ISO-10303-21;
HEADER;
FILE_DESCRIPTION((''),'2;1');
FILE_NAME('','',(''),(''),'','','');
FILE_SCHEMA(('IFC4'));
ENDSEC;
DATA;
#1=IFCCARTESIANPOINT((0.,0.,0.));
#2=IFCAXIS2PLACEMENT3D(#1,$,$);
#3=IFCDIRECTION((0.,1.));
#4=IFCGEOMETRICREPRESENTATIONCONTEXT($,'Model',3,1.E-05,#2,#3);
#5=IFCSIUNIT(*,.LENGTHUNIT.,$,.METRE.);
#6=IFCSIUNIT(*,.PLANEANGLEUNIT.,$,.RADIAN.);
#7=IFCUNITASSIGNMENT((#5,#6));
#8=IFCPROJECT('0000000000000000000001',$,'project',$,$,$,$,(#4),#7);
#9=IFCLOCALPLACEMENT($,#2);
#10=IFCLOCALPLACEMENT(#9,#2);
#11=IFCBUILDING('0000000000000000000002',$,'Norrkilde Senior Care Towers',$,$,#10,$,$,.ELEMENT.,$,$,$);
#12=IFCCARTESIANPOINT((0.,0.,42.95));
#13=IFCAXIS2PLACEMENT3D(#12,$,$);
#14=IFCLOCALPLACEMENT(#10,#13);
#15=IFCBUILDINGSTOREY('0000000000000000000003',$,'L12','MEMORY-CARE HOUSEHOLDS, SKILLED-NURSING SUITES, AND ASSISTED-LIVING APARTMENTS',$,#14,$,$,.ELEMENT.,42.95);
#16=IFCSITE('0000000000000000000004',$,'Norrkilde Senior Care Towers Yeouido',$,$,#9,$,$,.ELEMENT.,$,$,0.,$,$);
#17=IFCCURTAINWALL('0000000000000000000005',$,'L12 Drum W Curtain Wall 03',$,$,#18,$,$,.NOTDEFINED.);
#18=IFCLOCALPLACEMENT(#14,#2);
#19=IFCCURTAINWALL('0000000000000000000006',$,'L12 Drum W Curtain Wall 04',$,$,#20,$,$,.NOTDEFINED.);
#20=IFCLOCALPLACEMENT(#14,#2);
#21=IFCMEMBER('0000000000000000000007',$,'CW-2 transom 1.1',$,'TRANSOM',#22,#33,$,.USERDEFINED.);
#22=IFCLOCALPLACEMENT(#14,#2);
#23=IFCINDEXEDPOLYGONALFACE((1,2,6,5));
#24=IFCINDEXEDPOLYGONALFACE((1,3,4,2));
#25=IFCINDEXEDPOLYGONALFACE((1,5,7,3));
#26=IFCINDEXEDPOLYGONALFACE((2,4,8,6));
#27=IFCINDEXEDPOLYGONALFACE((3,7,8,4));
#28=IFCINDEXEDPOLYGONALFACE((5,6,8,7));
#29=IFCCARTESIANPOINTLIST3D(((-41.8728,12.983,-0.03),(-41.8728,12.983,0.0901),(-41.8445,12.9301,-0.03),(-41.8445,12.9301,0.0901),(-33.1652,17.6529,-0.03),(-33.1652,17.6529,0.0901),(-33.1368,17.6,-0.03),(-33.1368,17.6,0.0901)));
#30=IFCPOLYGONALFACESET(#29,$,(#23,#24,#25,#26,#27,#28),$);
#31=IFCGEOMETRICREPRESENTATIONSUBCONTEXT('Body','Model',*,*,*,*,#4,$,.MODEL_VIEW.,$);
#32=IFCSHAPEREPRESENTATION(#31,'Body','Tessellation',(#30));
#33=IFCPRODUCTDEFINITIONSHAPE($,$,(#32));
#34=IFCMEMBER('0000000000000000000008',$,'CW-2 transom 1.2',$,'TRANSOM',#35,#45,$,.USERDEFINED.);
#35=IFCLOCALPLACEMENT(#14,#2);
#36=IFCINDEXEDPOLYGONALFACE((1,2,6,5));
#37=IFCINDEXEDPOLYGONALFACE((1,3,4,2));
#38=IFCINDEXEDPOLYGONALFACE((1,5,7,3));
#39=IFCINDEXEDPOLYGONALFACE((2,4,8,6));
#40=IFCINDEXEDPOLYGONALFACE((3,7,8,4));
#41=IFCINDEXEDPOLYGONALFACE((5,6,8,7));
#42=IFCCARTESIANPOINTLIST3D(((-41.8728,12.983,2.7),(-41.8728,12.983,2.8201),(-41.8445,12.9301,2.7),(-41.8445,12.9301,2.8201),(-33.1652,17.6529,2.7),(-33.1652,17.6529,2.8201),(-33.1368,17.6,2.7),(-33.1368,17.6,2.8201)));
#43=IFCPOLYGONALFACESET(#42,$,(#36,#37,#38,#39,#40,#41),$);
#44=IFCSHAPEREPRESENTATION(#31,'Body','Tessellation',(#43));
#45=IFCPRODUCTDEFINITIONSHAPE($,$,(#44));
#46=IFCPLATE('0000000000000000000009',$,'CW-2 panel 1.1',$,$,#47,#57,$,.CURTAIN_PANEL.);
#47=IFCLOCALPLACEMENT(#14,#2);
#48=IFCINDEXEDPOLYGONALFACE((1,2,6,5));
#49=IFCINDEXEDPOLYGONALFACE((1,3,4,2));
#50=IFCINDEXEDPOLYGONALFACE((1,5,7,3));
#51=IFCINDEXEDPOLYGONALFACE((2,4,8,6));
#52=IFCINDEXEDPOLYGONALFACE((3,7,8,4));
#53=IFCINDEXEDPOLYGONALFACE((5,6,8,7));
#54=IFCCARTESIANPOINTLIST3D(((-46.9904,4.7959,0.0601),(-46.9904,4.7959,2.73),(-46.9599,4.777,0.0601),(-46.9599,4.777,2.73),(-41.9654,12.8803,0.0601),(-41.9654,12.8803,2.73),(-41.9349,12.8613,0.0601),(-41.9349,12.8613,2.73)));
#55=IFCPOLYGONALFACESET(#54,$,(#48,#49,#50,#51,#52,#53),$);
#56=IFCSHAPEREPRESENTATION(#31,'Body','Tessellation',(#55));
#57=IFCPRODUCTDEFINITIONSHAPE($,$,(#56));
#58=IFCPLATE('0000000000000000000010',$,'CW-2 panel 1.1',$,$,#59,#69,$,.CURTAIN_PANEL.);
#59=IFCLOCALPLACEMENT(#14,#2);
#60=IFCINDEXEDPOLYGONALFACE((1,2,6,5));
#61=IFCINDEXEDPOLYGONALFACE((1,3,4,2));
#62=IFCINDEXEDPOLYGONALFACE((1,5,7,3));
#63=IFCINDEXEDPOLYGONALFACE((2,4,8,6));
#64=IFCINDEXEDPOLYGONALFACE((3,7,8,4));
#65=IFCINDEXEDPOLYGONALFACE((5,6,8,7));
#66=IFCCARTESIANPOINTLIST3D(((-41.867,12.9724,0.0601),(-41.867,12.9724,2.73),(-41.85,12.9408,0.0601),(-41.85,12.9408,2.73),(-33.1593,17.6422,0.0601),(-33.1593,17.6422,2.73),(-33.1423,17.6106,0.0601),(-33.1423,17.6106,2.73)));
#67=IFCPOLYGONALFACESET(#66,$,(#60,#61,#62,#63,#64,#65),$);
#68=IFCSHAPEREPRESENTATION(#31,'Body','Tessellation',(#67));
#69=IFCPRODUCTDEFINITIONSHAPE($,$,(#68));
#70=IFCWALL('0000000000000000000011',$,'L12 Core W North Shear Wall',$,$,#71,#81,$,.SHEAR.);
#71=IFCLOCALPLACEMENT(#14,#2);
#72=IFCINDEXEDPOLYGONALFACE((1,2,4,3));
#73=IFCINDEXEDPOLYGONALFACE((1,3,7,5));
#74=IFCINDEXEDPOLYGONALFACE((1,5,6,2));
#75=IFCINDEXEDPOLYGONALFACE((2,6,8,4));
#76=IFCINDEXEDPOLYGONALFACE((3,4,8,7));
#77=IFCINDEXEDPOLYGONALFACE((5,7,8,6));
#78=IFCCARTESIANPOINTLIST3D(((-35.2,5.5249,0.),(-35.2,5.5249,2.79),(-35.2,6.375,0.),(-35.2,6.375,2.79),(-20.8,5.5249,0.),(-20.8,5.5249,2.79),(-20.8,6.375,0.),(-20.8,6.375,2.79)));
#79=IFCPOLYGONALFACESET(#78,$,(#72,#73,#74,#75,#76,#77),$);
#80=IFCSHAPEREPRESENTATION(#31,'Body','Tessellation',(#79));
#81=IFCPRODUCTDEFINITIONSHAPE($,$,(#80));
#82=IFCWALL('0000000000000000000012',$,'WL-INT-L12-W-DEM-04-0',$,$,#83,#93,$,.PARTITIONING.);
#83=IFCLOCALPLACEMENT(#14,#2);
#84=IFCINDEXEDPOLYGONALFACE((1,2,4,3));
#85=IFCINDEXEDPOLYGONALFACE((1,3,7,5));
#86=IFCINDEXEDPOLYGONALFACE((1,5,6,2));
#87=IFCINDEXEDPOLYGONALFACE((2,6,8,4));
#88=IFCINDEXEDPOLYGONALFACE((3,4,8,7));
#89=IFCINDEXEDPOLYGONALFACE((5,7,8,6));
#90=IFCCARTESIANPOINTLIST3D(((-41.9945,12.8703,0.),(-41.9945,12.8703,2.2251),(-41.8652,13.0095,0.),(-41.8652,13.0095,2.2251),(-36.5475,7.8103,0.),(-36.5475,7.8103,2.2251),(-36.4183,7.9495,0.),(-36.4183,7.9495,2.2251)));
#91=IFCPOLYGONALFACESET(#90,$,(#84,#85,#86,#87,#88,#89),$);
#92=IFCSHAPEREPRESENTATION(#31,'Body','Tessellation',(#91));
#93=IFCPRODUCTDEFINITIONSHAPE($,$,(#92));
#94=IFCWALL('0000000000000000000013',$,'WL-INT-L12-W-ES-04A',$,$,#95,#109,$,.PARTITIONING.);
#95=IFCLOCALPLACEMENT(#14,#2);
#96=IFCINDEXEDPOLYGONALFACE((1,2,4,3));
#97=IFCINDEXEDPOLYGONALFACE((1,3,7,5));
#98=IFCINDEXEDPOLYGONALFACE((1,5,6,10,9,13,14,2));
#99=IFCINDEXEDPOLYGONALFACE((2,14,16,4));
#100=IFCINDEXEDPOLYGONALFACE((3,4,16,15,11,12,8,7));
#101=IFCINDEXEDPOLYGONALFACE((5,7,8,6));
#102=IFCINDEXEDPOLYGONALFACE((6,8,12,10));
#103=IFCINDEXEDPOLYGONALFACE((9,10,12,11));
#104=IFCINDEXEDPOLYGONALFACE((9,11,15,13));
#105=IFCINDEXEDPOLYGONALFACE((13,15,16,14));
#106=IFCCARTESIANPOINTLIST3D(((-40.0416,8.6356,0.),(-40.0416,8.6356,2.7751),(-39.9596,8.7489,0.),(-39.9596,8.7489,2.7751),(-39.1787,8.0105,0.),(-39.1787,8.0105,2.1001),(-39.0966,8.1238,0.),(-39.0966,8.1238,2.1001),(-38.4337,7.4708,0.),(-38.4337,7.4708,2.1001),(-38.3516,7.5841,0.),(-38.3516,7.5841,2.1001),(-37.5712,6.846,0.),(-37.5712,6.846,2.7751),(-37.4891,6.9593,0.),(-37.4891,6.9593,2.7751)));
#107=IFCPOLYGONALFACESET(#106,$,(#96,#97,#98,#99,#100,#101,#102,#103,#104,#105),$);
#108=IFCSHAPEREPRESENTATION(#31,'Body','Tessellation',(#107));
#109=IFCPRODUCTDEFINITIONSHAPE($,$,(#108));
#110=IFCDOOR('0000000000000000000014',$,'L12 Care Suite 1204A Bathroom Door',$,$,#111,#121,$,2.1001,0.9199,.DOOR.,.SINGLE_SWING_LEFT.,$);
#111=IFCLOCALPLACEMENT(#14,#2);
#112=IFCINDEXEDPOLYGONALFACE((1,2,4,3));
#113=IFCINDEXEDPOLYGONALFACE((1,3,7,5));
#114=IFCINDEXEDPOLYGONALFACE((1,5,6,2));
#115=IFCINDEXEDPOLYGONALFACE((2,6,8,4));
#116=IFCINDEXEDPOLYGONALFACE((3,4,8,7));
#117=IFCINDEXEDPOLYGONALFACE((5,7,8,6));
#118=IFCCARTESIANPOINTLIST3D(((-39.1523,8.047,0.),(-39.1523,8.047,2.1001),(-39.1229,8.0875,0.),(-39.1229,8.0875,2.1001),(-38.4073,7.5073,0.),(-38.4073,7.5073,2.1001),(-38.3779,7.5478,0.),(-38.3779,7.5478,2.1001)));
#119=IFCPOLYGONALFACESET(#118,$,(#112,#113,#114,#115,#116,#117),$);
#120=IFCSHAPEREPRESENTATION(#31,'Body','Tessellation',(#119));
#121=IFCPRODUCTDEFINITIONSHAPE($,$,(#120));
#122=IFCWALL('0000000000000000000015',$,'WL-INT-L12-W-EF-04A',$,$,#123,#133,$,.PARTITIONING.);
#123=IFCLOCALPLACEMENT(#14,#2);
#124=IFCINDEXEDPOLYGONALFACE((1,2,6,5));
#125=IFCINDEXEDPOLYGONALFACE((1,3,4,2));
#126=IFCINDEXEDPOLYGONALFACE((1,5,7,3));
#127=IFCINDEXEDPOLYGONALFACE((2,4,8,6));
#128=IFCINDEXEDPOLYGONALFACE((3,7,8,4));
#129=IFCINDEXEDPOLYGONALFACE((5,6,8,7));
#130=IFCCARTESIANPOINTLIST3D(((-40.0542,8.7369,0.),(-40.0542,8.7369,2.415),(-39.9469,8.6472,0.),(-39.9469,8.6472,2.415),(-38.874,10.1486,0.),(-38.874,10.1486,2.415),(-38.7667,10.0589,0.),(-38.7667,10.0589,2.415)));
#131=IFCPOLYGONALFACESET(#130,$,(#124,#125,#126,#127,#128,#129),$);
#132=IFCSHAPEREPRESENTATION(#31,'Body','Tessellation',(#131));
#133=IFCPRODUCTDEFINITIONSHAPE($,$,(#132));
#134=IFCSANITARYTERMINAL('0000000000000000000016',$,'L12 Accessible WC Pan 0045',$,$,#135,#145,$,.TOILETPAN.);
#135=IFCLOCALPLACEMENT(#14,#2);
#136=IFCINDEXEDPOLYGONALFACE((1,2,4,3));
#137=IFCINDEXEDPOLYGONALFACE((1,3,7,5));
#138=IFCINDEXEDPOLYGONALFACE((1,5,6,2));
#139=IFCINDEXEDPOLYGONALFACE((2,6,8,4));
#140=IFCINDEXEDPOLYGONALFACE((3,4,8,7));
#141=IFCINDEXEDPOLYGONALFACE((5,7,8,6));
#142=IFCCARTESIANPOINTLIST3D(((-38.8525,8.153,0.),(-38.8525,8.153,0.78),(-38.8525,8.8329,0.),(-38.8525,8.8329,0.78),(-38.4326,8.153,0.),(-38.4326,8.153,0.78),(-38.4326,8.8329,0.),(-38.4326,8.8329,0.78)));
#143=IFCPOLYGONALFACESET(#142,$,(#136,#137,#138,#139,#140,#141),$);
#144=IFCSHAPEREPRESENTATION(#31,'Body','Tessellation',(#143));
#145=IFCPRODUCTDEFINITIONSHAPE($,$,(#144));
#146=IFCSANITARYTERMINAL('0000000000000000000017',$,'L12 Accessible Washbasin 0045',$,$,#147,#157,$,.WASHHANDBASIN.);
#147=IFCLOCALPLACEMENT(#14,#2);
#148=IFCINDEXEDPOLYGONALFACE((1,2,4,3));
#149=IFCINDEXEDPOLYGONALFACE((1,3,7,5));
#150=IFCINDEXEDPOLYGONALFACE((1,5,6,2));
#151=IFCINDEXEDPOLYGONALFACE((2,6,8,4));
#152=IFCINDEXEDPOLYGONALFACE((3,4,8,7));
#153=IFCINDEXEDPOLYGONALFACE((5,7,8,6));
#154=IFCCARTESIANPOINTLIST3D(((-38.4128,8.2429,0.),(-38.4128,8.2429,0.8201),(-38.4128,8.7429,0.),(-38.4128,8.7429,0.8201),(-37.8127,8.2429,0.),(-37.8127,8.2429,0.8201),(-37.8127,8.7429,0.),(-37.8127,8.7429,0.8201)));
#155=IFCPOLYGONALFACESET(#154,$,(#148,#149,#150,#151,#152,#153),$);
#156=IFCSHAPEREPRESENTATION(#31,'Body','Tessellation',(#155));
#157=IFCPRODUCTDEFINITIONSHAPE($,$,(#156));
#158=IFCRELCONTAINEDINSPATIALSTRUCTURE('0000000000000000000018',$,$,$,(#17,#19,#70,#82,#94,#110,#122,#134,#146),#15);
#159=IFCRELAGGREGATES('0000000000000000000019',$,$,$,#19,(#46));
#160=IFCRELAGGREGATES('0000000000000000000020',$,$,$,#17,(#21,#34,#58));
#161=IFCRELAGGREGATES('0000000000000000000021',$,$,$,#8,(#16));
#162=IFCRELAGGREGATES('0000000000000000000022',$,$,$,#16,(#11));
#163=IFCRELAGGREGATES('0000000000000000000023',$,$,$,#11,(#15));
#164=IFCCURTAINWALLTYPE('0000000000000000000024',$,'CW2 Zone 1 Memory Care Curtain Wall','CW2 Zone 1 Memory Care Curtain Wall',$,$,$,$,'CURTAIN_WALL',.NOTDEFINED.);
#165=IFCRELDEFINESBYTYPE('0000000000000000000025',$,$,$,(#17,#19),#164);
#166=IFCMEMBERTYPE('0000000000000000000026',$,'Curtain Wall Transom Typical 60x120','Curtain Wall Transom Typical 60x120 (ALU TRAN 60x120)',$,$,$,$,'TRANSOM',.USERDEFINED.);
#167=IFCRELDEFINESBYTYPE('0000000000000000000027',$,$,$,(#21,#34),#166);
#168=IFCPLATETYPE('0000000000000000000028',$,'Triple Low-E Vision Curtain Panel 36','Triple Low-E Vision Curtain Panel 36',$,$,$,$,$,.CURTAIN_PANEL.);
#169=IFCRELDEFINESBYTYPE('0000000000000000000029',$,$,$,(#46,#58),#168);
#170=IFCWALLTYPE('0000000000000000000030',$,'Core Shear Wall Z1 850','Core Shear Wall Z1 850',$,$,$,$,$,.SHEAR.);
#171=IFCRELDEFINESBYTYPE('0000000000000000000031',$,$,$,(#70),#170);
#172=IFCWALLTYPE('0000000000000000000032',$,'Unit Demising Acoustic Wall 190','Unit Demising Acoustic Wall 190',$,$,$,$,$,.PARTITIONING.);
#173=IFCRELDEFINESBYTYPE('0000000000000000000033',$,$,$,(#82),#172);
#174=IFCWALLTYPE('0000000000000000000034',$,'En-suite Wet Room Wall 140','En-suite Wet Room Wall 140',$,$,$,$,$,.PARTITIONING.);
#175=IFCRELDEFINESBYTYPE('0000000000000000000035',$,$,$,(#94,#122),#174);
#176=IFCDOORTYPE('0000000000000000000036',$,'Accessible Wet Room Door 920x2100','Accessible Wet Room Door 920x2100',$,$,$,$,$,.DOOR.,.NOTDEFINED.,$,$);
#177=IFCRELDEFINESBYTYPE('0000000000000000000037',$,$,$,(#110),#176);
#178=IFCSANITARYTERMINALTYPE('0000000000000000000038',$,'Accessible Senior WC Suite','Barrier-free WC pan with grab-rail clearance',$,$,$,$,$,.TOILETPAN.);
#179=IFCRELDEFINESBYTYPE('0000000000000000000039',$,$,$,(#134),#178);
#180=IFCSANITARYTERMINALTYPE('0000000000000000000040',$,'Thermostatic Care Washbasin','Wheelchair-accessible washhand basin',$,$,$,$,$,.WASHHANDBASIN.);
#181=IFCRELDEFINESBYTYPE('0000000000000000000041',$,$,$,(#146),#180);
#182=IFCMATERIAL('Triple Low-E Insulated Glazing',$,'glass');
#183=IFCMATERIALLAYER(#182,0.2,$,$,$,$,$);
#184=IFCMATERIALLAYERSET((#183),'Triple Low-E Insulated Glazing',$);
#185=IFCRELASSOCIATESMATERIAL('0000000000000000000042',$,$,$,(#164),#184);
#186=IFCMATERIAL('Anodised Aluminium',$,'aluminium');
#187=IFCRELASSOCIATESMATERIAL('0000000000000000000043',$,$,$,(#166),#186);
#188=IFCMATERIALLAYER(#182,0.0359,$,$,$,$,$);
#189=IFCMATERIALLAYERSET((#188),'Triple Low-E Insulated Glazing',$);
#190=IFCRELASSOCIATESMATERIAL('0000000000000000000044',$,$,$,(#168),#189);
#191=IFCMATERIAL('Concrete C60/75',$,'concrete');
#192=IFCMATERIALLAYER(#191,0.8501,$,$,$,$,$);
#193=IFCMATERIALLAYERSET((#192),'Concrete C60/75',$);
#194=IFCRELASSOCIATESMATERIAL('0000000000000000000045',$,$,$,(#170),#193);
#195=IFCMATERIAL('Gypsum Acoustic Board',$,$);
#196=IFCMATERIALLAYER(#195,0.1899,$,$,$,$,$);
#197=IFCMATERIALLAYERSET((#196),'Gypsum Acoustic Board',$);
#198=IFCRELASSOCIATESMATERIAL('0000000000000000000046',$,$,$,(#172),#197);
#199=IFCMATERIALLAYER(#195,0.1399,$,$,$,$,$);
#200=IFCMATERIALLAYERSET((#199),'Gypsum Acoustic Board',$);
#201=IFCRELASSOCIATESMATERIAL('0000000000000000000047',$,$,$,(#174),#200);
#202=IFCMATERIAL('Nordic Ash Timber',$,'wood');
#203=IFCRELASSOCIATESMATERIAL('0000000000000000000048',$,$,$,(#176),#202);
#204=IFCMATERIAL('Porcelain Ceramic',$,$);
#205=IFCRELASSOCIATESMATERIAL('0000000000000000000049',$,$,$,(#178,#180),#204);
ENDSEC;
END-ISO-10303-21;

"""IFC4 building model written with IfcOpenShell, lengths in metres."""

from ifc_helpers import new_model, si_unit, direction, frame, frame_2d, origin, origin_2d, place, context, subcontext, project, spatial, rectangle, extrude, source, transform, mapped, material, layer, layer_set, material_profile, profile_set, type_object, type_shapes, element, fill, aggregate, save


model = new_model("IFC4")

# Units and contexts
model_context = context("Model", 3, precision=1e-05, world=origin(), true_north=direction((0.0, 1.0)))
body_context = subcontext(model_context, "Body", "Model", "MODEL_VIEW")
ifc_project = project(units=[si_unit("LENGTHUNIT", "METRE"), si_unit("PLANEANGLEUNIT", "RADIAN")], contexts=[model_context])

# Site, building, storey
site_placement = place(None, origin())
site = spatial("IfcSite", under=ifc_project, at=site_placement, Name="Norrkilde Senior Care Towers Yeouido", CompositionType="ELEMENT", RefElevation=0.0)
building_placement = place(site_placement, origin())
building = spatial("IfcBuilding", under=site, at=building_placement, Name="Norrkilde Senior Care Towers", CompositionType="ELEMENT")
storey_placement = place(building_placement, frame((0.0, 0.0, 42.95)))
storey = spatial("IfcBuildingStorey", under=building, at=storey_placement, Name="L12", Description="MEMORY-CARE HOUSEHOLDS, SKILLED-NURSING SUITES, AND ASSISTED-LIVING APARTMENTS", CompositionType="ELEMENT", Elevation=42.95)

# Shared definitions
ifc_material_1 = material(Name="Concrete C60/75", Category="concrete")

# Curtain walls
ifc_material_2 = material(Name="Triple Low-E Insulated Glazing", Category="glass")
ifc_layer_1 = layer(ifc_material_2, 0.2)
ifc_layer_set_1 = layer_set([ifc_layer_1], Name="Triple Low-E Insulated Glazing")
curtain_wall_type = type_object("IfcCurtainWallType", Name="CW2 Zone 1 Memory Care Curtain Wall", Description="CW2 Zone 1 Memory Care Curtain Wall", ElementType="CURTAIN_WALL", PredefinedType="NOTDEFINED", material=ifc_layer_set_1)
curtain_wall_1_placement = place(storey_placement, origin())
curtain_wall_1 = element("IfcCurtainWall", 1, at=curtain_wall_1_placement, inside=storey, type_object=curtain_wall_type, Name="L12 Drum W Curtain Wall 03", PredefinedType="NOTDEFINED")
ifc_material_3 = material(Name="Anodised Aluminium", Category="aluminium")
curtain_wall_2_placement = place(storey_placement, origin())
curtain_wall_2 = element("IfcCurtainWall", 2, at=curtain_wall_2_placement, inside=storey, type_object=curtain_wall_type, Name="L12 Drum W Curtain Wall 04", PredefinedType="NOTDEFINED")

# Members
ifc_material_profile_1 = material_profile(ifc_material_3, rectangle(XDim=0.0601, YDim=0.1201, at=origin_2d()), Name="ALU TRAN 60x120")
ifc_profile_set_1 = profile_set([ifc_material_profile_1], Name="Anodised Aluminium")
member_type_1 = type_object("IfcMemberType", Name="Curtain Wall Transom Typical 60x120", Description="Curtain Wall Transom Typical 60x120 (ALU TRAN 60x120)", ElementType="TRANSOM", PredefinedType="USERDEFINED", material=ifc_profile_set_1)
shared_shape_1 = source(origin(), body_context, "Body", "SweptSolid", [
    extrude(rectangle(XDim=0.0601, YDim=0.1201, at=origin_2d()), origin(), (0.0, 0.0, 1.0), 9.8809),
])
type_shapes(member_type_1, [shared_shape_1])
member_1_placement = place(storey_placement, frame((-41.8586, 12.9565, 0.03), z_axis=(0.881267, 0.472618, 0.0), x_axis=(-0.472618, 0.881267, 0.0)))
member_1 = element("IfcMember", 3, at=member_1_placement, type_object=member_type_1, Name="CW-2 transom 1.1", ObjectType="TRANSOM", PredefinedType="USERDEFINED", context=body_context, shape_type="MappedRepresentation", body=[
    mapped(shared_shape_1, transform((0.0, 0.0, 0.0), x_axis=(1.0, 0.0, 0.0), y_axis=(0.0, 1.0, 0.0), z_axis=(0.0, 0.0, 1.0), scale=1.0)),
])
member_2_placement = place(storey_placement, frame((-41.8586, 12.9565, 2.76), z_axis=(0.881267, 0.472618, 0.0), x_axis=(-0.472618, 0.881267, 0.0)))
member_2 = element("IfcMember", 4, at=member_2_placement, type_object=member_type_1, Name="CW-2 transom 1.2", ObjectType="TRANSOM", PredefinedType="USERDEFINED", context=body_context, shape_type="MappedRepresentation", body=[
    mapped(shared_shape_1, transform((0.0, 0.0, 0.0), x_axis=(1.0, 0.0, 0.0), y_axis=(0.0, 1.0, 0.0), z_axis=(0.0, 0.0, 1.0), scale=1.0)),
])

# Plates
ifc_layer_2 = layer(ifc_material_2, 0.0359)
ifc_layer_set_2 = layer_set([ifc_layer_2], Name="Triple Low-E Insulated Glazing")
plate_type = type_object("IfcPlateType", Name="Triple Low-E Vision Curtain Panel 36", Description="Triple Low-E Vision Curtain Panel 36", PredefinedType="CURTAIN_PANEL", material=ifc_layer_set_2)
shared_shape_2 = source(origin(), body_context, "Body", "SweptSolid", [
    extrude(rectangle(XDim=9.5188, YDim=0.0359, at=origin_2d()), origin(), (0.0, 0.0, 1.0), 2.6699),
])
plate_1_placement = place(storey_placement, frame((-44.4626, 8.8286, 0.0601), z_axis=(0.0, 0.0, 1.0), x_axis=(0.527901, 0.849306, 0.0)))
plate_1 = element("IfcPlate", 5, at=plate_1_placement, type_object=plate_type, Name="CW-2 panel 1.1", PredefinedType="CURTAIN_PANEL", context=body_context, shape_type="MappedRepresentation", body=[
    mapped(shared_shape_2, transform((0.0, 0.0, 0.0), x_axis=(1.0, 0.0, 0.0), y_axis=(0.0, 1.0, 0.0), z_axis=(0.0, 0.0, 1.0), scale=1.0)),
])
aggregate(curtain_wall_2, [plate_1])
shared_shape_3 = source(origin(), body_context, "Body", "SweptSolid", [
    extrude(rectangle(XDim=9.8809, YDim=0.0359, at=origin_2d()), origin(), (0.0, 0.0, 1.0), 2.6699),
])
type_shapes(plate_type, [shared_shape_2, shared_shape_3])
plate_2_placement = place(storey_placement, frame((-37.5046, 15.2915, 0.0601), z_axis=(0.0, 0.0, 1.0), x_axis=(0.881273, 0.472608, 0.0)))
plate_2 = element("IfcPlate", 6, at=plate_2_placement, type_object=plate_type, Name="CW-2 panel 1.1", PredefinedType="CURTAIN_PANEL", context=body_context, shape_type="MappedRepresentation", body=[
    mapped(shared_shape_3, transform((0.0, 0.0, 0.0), x_axis=(1.0, 0.0, 0.0), y_axis=(0.0, 1.0, 0.0), z_axis=(0.0, 0.0, 1.0), scale=1.0)),
])
aggregate(curtain_wall_1, [member_1, member_2, plate_2])

# Wall
ifc_layer_3 = layer(ifc_material_1, 0.8501)
ifc_layer_set_3 = layer_set([ifc_layer_3], Name="Concrete C60/75")
wall_type_1 = type_object("IfcWallType", Name="Core Shear Wall Z1 850", Description="Core Shear Wall Z1 850", PredefinedType="SHEAR", material=ifc_layer_set_3)
shared_shape_4 = source(origin(), body_context, "Body", "SweptSolid", [
    extrude(rectangle(XDim=14.3999, YDim=0.8501, at=frame_2d((7.2, 0.0))), origin(), (0.0, 0.0, 1.0), 2.79),
])
type_shapes(wall_type_1, [shared_shape_4])
wall_1_placement = place(storey_placement, frame((-35.2, 5.95, 0.0), z_axis=(0.0, 0.0, 1.0), x_axis=(1.0, 0.0, 0.0)))
element("IfcWall", 7, at=wall_1_placement, inside=storey, type_object=wall_type_1, Name="L12 Core W North Shear Wall", PredefinedType="SHEAR", context=body_context, shape_type="MappedRepresentation", body=[
    mapped(shared_shape_4, transform((0.0, 0.0, 0.0), x_axis=(1.0, 0.0, 0.0), y_axis=(0.0, 1.0, 0.0), z_axis=(0.0, 0.0, 1.0), scale=1.0)),
])

# Shared definitions
ifc_material_4 = material(Name="Gypsum Acoustic Board")
ifc_material_5 = material(Name="Nordic Ash Timber", Category="wood")

# Wall
ifc_layer_4 = layer(ifc_material_4, 0.1899)
ifc_layer_set_4 = layer_set([ifc_layer_4], Name="Gypsum Acoustic Board")
wall_type_2 = type_object("IfcWallType", Name="Unit Demising Acoustic Wall 190", Description="Unit Demising Acoustic Wall 190", PredefinedType="PARTITIONING", material=ifc_layer_set_4)
shared_shape_5 = source(origin(), body_context, "Body", "SweptSolid", [
    extrude(rectangle(XDim=7.4346, YDim=0.1899, at=frame_2d((3.7173, 0.0))), origin(), (0.0, 0.0, 1.0), 2.2251),
])
type_shapes(wall_type_2, [shared_shape_5])
wall_2_placement = place(storey_placement, frame((-36.4829, 7.8799, 0.0), z_axis=(0.0, 0.0, 1.0), x_axis=(-0.732652, 0.680603, 0.0)))
element("IfcWall", 8, at=wall_2_placement, inside=storey, type_object=wall_type_2, Name="WL-INT-L12-W-DEM-04-0", PredefinedType="PARTITIONING", context=body_context, shape_type="MappedRepresentation", body=[
    mapped(shared_shape_5, transform((0.0, 0.0, 0.0), x_axis=(1.0, 0.0, 0.0), y_axis=(0.0, 1.0, 0.0), z_axis=(0.0, 0.0, 1.0), scale=1.0)),
])

# Wall, opening, door
ifc_layer_5 = layer(ifc_material_4, 0.1399)
ifc_layer_set_5 = layer_set([ifc_layer_5], Name="Gypsum Acoustic Board")
wall_type_3 = type_object("IfcWallType", Name="En-suite Wet Room Wall 140", Description="En-suite Wet Room Wall 140", PredefinedType="PARTITIONING", material=ifc_layer_set_5)
shared_shape_6 = source(origin(), body_context, "Body", "SweptSolid", [
    extrude(rectangle(XDim=3.0505, YDim=0.1399, at=frame_2d((1.5254, 0.0))), origin(), (0.0, 0.0, 1.0), 2.7751),
])
wall_3_placement = place(storey_placement, frame((-37.53, 6.9026, 0.0), z_axis=(0.0, 0.0, 1.0), x_axis=(-0.809849, 0.586638, 0.0)))
wall_3 = element("IfcWall", 9, at=wall_3_placement, inside=storey, type_object=wall_type_3, Name="WL-INT-L12-W-ES-04A", PredefinedType="PARTITIONING", context=body_context, shape_type="MappedRepresentation", body=[
    mapped(shared_shape_6, transform((0.0, 0.0, 0.0), x_axis=(1.0, 0.0, 0.0), y_axis=(0.0, 1.0, 0.0), z_axis=(0.0, 0.0, 1.0), scale=1.0)),
])
opening_1_placement = place(wall_3_placement, frame((1.0652, 0.0, 0.0)))
opening_1 = element("IfcOpeningElement", 10, at=opening_1_placement, cuts=wall_3, PredefinedType="OPENING", context=body_context, shape_type="SweptSolid", body=[
    extrude(rectangle(XDim=0.9199, YDim=2.1001, at=frame_2d((0.46, 1.05))), frame((0.0, 0.0798, 0.0), z_axis=(0.0, -1.0, 0.0), x_axis=(1.0, 0.0, 0.0)), (0.0, 0.0, 1.0), 0.1599),
])
door_type_1 = type_object("IfcDoorType", Name="Accessible Wet Room Door 920x2100", Description="Accessible Wet Room Door 920x2100", OperationType="NOTDEFINED", PredefinedType="DOOR", material=ifc_material_5)
shared_shape_7 = source(origin(), body_context, "Body", "SweptSolid", [
    extrude(rectangle(XDim=0.9199, YDim=2.1001, at=frame_2d((0.46, 1.05))), frame((0.0, 0.0249, 0.0), z_axis=(0.0, -1.0, 0.0), x_axis=(1.0, 0.0, 0.0)), (0.0, 0.0, 1.0), 0.05),
])
type_shapes(door_type_1, [shared_shape_7])
door_1_placement = place(opening_1_placement, origin())
door_1 = element("IfcDoor", 11, at=door_1_placement, inside=storey, type_object=door_type_1, Name="L12 Care Suite 1204A Bathroom Door", OperationType="SINGLE_SWING_LEFT", OverallHeight=2.1001, OverallWidth=0.9199, PredefinedType="DOOR", context=body_context, shape_type="MappedRepresentation", body=[
    mapped(shared_shape_7, transform((0.0, 0.0, 0.0), x_axis=(1.0, 0.0, 0.0), y_axis=(0.0, 1.0, 0.0), z_axis=(0.0, 0.0, 1.0), scale=1.0)),
])
fill(opening_1, door_1)

# Wall
shared_shape_8 = source(origin(), body_context, "Body", "SweptSolid", [
    extrude(rectangle(XDim=1.8401, YDim=0.1399, at=frame_2d((0.9199, 0.0))), origin(), (0.0, 0.0, 1.0), 2.415),
])
type_shapes(wall_type_3, [shared_shape_6, shared_shape_8])
wall_4_placement = place(storey_placement, frame((-40.0005, 8.6921, 0.0), z_axis=(0.0, 0.0, 1.0), x_axis=(0.64141, 0.767198, 0.0)))
element("IfcWall", 12, at=wall_4_placement, inside=storey, type_object=wall_type_3, Name="WL-INT-L12-W-EF-04A", PredefinedType="PARTITIONING", context=body_context, shape_type="MappedRepresentation", body=[
    mapped(shared_shape_8, transform((0.0, 0.0, 0.0), x_axis=(1.0, 0.0, 0.0), y_axis=(0.0, 1.0, 0.0), z_axis=(0.0, 0.0, 1.0), scale=1.0)),
])

# Sanitary terminals
ifc_material_6 = material(Name="Porcelain Ceramic")
sanitary_terminal_type_1 = type_object("IfcSanitaryTerminalType", Name="Accessible Senior WC Suite", Description="Barrier-free WC pan with grab-rail clearance", PredefinedType="TOILETPAN", material=ifc_material_6)
shared_shape_9 = source(origin(), body_context, "Body", "SweptSolid", [
    extrude(rectangle(XDim=0.4199, YDim=0.6799, at=origin_2d()), origin(), (0.0, 0.0, 1.0), 0.78),
])
type_shapes(sanitary_terminal_type_1, [shared_shape_9])
sanitary_terminal_1_placement = place(storey_placement, frame((-38.6426, 8.4929, 0.0), z_axis=(0.0, 0.0, 1.0), x_axis=(1.0, 0.0, 0.0)))
element("IfcSanitaryTerminal", 13, at=sanitary_terminal_1_placement, inside=storey, type_object=sanitary_terminal_type_1, Name="L12 Accessible WC Pan 0045", PredefinedType="TOILETPAN", context=body_context, shape_type="MappedRepresentation", body=[
    mapped(shared_shape_9, transform((0.0, 0.0, 0.0), x_axis=(1.0, 0.0, 0.0), y_axis=(0.0, 1.0, 0.0), z_axis=(0.0, 0.0, 1.0), scale=1.0)),
])
sanitary_terminal_type_2 = type_object("IfcSanitaryTerminalType", Name="Thermostatic Care Washbasin", Description="Wheelchair-accessible washhand basin", PredefinedType="WASHHANDBASIN", material=ifc_material_6)
shared_shape_10 = source(origin(), body_context, "Body", "SweptSolid", [
    extrude(rectangle(XDim=0.6001, YDim=0.5, at=origin_2d()), origin(), (0.0, 0.0, 1.0), 0.8201),
])
type_shapes(sanitary_terminal_type_2, [shared_shape_10])
sanitary_terminal_2_placement = place(storey_placement, frame((-38.1128, 8.4929, 0.0), z_axis=(0.0, 0.0, 1.0), x_axis=(1.0, 0.0, 0.0)))
element("IfcSanitaryTerminal", 14, at=sanitary_terminal_2_placement, inside=storey, type_object=sanitary_terminal_type_2, Name="L12 Accessible Washbasin 0045", PredefinedType="WASHHANDBASIN", context=body_context, shape_type="MappedRepresentation", body=[
    mapped(shared_shape_10, transform((0.0, 0.0, 0.0), x_axis=(1.0, 0.0, 0.0), y_axis=(0.0, 1.0, 0.0), z_axis=(0.0, 0.0, 1.0), scale=1.0)),
])

save(model, "model.ifc")
